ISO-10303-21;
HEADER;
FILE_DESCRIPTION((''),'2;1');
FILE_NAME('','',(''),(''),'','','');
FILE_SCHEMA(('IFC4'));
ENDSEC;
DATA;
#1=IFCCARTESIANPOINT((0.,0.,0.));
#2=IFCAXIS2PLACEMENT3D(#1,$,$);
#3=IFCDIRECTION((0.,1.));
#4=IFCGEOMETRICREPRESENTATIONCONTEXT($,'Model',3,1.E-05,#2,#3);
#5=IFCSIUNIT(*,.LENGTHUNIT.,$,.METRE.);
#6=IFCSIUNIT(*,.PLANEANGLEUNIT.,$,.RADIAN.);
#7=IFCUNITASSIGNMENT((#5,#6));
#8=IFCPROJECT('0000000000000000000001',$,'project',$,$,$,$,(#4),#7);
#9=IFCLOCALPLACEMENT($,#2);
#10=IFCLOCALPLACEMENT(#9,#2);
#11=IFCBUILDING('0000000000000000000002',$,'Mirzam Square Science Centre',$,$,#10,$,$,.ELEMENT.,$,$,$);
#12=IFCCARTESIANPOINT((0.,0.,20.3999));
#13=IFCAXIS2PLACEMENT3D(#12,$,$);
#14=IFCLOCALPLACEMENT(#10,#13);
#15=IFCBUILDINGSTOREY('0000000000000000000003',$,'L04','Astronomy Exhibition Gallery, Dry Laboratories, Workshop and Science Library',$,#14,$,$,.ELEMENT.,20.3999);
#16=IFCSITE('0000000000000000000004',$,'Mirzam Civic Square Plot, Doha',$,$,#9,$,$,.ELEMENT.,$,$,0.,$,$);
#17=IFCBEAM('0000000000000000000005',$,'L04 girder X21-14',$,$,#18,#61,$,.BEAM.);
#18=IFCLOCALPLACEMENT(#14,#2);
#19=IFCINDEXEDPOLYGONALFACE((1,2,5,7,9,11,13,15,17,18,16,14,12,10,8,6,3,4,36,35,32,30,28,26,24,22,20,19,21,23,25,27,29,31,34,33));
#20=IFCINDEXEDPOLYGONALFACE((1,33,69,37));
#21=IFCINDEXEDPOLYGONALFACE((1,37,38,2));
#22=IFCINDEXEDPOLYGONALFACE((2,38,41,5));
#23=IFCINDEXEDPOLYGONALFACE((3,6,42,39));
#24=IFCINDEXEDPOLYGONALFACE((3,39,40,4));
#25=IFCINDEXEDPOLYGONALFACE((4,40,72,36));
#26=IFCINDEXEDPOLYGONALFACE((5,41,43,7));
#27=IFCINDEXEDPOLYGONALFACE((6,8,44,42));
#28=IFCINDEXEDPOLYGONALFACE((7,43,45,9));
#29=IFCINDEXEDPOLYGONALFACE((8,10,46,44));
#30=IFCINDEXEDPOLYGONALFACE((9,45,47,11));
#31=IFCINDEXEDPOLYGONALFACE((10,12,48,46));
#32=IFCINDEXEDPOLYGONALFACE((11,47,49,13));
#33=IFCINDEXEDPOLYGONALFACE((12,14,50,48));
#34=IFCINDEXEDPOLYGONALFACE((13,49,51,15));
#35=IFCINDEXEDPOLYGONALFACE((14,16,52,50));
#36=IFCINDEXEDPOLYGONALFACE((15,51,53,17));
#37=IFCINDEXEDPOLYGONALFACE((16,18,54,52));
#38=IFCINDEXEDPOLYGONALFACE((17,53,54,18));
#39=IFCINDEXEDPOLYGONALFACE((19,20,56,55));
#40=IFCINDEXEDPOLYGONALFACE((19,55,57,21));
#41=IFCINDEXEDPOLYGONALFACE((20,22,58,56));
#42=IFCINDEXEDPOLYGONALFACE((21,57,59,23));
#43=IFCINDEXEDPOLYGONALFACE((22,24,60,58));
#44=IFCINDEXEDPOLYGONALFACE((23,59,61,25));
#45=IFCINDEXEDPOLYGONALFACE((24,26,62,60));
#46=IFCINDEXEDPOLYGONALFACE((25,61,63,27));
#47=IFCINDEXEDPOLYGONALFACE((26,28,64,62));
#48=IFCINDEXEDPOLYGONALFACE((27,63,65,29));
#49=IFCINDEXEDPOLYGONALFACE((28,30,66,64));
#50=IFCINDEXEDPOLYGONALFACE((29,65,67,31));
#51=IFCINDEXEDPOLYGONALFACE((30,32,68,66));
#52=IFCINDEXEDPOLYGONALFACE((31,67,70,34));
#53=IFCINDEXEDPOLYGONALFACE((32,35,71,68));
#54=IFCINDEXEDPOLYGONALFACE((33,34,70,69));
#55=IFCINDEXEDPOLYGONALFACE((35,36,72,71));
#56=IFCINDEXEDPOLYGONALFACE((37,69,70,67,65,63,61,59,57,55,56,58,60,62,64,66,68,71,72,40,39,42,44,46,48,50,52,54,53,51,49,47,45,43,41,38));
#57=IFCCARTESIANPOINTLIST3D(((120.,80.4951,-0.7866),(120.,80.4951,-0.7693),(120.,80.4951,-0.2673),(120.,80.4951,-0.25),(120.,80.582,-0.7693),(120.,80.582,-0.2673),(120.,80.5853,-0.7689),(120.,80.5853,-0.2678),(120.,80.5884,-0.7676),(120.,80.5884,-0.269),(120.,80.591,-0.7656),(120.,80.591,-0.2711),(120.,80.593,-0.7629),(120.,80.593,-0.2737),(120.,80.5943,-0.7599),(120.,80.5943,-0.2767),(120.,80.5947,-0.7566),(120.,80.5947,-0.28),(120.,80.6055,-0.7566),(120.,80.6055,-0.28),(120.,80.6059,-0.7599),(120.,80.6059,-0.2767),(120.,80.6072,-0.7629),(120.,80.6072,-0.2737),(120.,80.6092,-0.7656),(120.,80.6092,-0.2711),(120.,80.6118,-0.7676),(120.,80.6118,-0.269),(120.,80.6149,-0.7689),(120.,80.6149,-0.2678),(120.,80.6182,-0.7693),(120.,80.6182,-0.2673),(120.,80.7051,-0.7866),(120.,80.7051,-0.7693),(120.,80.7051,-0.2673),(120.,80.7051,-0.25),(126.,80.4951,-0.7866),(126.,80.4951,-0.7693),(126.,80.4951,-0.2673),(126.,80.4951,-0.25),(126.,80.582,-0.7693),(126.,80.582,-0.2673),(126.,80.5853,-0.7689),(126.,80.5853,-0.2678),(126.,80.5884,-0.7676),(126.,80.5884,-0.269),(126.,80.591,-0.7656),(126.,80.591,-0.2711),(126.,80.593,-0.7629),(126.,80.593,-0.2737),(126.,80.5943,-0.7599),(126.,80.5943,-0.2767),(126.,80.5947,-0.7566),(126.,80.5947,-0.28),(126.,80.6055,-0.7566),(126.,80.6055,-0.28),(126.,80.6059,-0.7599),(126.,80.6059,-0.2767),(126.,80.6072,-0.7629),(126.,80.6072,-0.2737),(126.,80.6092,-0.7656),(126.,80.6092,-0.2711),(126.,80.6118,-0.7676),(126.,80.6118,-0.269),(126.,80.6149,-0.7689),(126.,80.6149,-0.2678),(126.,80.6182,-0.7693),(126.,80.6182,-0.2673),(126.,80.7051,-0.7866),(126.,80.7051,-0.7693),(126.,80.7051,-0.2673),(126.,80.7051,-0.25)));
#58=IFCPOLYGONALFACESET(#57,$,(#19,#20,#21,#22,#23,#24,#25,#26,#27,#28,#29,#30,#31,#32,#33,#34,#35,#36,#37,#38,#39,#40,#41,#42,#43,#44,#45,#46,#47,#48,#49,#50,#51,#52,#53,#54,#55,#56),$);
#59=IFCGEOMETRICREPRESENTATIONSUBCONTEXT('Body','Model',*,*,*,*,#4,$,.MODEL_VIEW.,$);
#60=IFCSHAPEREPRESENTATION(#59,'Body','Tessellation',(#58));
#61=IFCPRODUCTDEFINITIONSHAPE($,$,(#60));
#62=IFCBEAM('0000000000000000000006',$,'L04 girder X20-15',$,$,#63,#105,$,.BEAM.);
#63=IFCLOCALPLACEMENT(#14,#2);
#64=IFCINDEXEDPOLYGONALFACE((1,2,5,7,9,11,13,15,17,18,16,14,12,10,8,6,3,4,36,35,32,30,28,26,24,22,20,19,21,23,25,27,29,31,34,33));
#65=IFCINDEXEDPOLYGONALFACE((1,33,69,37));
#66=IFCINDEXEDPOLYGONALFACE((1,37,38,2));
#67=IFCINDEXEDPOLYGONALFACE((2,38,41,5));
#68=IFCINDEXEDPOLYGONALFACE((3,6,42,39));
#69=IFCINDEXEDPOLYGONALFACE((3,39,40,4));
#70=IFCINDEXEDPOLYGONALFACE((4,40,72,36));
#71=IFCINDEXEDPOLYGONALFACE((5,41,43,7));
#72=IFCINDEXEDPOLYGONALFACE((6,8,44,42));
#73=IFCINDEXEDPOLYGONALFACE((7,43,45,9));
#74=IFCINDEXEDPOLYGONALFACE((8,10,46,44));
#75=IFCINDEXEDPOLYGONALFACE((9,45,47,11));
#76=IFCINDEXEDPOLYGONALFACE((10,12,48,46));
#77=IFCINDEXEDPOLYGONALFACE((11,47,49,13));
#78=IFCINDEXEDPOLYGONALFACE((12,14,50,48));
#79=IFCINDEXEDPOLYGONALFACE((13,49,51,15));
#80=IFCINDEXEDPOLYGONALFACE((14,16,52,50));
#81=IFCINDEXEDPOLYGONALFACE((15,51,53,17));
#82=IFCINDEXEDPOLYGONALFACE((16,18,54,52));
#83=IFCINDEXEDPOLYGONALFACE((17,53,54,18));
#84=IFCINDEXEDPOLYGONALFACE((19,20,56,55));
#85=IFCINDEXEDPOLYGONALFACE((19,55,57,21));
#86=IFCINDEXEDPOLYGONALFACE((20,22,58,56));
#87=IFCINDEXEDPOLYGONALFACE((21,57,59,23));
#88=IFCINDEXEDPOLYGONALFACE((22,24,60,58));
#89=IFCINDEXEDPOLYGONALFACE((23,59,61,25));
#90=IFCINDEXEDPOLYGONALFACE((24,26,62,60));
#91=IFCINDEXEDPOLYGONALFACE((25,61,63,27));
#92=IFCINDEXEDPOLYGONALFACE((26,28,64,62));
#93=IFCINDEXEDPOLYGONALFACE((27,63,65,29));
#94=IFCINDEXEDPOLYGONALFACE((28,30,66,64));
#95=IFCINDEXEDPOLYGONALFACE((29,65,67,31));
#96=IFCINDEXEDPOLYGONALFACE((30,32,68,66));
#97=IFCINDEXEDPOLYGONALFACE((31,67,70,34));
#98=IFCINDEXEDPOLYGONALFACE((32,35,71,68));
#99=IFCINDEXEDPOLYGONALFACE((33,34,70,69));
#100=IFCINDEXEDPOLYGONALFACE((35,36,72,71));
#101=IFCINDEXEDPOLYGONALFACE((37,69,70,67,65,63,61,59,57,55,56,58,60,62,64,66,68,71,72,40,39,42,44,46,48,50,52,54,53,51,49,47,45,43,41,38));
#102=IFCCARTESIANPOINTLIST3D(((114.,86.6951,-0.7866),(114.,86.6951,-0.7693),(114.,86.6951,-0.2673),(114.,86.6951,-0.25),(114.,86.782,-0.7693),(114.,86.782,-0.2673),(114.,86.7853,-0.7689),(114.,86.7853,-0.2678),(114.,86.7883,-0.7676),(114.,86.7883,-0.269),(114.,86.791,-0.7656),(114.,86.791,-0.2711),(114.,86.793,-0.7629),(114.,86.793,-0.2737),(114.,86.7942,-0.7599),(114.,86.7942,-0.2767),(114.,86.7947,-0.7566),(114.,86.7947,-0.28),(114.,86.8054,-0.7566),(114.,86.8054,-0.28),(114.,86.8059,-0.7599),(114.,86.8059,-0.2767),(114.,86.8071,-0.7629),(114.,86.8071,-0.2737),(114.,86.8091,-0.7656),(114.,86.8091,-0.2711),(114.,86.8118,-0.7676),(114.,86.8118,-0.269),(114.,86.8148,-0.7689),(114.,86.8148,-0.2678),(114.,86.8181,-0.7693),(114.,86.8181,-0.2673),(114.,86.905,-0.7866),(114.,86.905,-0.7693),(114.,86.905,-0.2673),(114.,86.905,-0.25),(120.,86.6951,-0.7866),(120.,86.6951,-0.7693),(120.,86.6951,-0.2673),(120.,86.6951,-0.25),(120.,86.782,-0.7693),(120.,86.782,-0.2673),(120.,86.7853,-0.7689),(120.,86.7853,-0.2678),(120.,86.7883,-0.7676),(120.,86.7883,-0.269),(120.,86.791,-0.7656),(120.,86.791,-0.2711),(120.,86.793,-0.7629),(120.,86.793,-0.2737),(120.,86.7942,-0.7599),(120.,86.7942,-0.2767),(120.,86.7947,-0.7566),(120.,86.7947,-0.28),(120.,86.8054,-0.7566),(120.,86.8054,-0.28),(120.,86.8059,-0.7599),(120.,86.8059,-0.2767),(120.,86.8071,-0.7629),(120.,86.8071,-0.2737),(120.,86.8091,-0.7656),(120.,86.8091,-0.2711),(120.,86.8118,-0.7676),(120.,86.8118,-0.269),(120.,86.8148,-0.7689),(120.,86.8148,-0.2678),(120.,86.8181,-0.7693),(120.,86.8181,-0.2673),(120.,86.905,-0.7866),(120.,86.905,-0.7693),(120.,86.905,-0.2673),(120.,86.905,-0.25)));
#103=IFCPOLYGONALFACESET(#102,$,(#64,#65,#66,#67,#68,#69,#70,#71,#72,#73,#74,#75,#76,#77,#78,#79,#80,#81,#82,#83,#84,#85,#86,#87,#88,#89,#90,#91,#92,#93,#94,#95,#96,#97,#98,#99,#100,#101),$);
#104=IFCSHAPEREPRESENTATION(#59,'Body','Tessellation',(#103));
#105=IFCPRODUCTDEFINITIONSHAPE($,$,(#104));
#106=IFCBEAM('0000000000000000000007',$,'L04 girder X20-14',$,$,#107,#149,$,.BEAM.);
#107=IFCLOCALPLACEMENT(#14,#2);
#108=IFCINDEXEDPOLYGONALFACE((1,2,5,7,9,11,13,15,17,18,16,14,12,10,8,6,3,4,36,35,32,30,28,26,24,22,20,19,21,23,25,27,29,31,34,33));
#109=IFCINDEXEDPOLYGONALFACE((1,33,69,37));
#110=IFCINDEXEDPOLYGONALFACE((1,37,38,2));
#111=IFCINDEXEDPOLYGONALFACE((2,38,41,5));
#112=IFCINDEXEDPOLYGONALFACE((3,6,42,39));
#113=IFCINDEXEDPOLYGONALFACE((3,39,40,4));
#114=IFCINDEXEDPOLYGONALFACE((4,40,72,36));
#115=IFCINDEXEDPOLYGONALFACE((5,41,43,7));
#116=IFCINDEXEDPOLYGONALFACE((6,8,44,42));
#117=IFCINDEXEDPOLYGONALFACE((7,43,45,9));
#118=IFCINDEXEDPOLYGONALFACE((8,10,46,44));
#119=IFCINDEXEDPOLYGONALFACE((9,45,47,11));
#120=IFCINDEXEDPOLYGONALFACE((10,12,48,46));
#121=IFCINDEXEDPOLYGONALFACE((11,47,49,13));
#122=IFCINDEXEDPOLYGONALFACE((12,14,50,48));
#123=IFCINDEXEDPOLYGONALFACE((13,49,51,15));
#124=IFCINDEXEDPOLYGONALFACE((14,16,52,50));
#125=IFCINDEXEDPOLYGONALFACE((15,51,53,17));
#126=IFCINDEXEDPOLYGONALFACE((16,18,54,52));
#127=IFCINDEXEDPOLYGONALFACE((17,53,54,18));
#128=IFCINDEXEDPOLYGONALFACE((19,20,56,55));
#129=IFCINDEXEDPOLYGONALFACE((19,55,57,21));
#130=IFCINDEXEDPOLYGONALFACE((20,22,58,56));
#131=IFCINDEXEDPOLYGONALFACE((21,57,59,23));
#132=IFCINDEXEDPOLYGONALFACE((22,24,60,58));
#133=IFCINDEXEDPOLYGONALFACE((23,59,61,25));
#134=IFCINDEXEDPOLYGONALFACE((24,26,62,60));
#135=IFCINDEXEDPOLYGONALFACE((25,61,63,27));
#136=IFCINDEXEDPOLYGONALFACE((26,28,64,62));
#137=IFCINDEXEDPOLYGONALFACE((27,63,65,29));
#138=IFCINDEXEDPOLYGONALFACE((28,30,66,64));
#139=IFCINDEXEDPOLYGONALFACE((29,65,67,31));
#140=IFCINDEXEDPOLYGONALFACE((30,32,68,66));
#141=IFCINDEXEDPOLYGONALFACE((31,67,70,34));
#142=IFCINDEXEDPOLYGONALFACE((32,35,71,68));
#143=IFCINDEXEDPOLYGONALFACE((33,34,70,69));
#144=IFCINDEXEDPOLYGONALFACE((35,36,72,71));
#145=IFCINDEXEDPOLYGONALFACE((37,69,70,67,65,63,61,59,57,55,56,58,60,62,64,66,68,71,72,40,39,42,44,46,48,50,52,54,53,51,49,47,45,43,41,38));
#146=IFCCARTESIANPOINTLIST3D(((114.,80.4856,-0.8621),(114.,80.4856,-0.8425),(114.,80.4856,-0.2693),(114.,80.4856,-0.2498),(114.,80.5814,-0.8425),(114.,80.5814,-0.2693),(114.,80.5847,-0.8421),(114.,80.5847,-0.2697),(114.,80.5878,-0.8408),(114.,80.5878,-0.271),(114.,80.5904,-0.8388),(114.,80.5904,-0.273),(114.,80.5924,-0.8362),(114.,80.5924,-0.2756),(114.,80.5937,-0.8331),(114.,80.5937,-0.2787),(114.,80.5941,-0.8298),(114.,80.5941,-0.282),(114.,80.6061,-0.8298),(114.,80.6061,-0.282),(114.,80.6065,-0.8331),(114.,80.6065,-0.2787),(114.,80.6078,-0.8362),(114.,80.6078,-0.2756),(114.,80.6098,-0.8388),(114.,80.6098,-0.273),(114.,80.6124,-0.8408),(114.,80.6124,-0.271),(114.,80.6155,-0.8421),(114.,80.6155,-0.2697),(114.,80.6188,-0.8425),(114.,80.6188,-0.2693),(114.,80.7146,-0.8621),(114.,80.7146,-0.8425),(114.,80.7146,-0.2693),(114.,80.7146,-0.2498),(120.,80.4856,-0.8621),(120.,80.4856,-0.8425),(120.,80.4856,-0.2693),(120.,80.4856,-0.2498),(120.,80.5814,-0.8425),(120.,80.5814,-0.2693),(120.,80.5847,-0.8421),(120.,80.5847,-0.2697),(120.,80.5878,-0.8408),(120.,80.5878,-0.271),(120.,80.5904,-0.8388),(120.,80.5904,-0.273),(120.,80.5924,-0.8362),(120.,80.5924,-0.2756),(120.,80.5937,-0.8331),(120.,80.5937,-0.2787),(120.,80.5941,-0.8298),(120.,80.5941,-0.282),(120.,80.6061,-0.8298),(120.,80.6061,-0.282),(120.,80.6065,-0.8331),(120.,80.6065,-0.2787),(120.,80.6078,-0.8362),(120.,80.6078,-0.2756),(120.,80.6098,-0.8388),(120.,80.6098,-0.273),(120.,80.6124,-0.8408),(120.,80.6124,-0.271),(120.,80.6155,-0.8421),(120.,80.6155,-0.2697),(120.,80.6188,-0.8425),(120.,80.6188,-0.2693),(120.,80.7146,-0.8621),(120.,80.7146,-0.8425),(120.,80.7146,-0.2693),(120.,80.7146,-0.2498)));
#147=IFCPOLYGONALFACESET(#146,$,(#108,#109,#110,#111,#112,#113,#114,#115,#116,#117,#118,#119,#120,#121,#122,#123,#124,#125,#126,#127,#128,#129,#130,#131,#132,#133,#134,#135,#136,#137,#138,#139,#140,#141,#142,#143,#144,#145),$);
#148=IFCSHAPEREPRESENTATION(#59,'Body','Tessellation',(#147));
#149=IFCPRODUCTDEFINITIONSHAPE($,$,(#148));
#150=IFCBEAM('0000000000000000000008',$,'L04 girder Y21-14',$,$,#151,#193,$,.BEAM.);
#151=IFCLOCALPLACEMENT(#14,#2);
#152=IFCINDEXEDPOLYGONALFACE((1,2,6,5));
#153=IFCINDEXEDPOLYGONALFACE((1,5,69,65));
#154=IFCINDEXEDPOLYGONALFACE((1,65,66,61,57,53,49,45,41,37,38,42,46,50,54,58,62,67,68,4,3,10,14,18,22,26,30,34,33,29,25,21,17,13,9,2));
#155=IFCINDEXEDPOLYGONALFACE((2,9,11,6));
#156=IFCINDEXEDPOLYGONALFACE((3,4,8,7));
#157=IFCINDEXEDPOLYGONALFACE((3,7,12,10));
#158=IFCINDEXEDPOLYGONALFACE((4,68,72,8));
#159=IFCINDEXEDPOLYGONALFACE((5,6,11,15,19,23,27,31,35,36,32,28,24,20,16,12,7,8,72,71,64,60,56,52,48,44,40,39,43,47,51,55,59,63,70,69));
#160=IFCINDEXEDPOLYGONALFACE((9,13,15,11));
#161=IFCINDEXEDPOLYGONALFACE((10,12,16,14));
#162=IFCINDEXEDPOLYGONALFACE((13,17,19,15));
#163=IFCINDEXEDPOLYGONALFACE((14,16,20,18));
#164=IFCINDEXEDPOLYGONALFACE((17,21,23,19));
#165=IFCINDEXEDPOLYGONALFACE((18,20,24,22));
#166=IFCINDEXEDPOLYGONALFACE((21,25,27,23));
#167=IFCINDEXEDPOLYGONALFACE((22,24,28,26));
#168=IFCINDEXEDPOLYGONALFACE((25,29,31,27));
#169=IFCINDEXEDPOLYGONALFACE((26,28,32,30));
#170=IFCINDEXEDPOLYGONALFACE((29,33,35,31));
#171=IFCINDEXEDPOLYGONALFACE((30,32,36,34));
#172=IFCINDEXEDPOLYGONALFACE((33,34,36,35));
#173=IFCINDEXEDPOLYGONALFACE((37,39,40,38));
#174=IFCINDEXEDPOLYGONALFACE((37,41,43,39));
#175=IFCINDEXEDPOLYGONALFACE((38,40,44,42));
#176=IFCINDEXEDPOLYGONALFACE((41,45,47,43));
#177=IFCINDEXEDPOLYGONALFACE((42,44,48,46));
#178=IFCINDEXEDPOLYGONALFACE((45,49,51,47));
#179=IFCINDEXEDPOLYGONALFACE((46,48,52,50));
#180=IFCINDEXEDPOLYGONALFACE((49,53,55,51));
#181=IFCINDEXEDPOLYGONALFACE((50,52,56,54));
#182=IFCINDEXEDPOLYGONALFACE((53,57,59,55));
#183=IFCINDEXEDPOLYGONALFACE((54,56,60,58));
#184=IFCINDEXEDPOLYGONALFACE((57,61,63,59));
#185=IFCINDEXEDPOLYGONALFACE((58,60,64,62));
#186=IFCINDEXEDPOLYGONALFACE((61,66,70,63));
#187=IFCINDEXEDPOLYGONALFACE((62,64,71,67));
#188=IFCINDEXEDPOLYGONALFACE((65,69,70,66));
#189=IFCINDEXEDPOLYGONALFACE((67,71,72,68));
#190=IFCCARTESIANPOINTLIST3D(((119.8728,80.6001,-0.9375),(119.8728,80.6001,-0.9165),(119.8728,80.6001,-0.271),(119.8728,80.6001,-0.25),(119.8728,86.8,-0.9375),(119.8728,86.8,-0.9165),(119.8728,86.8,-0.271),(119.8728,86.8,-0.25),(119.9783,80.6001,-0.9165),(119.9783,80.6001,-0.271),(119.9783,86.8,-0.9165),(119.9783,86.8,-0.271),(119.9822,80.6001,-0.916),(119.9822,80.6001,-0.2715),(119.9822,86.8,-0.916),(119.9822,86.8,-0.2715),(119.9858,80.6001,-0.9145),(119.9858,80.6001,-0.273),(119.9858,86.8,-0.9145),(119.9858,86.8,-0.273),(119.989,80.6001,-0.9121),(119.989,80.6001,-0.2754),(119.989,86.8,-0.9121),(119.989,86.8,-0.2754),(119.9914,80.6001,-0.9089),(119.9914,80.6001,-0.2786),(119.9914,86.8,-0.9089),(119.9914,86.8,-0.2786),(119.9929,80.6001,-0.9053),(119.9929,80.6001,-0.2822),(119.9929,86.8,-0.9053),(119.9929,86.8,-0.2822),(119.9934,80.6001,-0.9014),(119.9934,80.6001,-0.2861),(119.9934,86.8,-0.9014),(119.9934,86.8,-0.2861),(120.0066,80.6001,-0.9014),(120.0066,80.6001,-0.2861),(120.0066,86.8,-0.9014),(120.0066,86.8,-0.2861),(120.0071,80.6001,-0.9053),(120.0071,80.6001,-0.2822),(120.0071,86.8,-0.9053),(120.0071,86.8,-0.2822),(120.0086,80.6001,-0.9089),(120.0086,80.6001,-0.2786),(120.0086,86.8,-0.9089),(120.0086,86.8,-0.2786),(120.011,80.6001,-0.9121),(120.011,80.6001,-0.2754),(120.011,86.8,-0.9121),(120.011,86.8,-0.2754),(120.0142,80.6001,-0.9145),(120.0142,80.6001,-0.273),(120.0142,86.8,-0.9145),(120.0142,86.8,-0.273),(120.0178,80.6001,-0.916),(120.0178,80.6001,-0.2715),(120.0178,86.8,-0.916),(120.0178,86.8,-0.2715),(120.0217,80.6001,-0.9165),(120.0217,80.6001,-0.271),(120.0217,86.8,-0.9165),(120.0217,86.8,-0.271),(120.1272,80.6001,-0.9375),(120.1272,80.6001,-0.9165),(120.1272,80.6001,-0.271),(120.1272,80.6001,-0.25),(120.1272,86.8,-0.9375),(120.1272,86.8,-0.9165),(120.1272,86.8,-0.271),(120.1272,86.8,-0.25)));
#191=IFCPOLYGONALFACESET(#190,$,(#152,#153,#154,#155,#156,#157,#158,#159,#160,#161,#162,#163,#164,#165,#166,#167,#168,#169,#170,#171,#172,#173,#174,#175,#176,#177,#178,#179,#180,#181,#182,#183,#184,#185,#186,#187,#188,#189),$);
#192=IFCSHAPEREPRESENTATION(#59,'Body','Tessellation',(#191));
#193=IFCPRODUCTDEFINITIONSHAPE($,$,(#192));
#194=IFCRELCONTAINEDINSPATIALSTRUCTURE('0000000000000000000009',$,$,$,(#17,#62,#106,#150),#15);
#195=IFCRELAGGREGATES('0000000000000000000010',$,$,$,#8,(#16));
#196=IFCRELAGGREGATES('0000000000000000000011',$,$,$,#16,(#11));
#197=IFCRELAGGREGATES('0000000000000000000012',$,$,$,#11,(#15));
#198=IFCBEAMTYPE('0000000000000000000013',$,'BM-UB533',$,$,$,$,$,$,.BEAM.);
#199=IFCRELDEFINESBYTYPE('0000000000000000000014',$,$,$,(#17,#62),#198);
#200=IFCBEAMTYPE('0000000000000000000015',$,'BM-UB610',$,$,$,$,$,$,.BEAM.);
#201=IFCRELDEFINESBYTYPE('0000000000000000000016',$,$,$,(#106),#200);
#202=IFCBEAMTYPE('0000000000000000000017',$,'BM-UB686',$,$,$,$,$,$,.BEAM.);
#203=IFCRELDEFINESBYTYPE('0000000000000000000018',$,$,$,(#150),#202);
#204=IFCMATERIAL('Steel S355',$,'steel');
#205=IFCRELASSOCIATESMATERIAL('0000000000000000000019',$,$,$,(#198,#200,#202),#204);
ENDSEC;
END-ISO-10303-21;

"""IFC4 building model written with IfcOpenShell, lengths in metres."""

from ifc_helpers import new_model, si_unit, direction, frame, origin, origin_2d, place, context, subcontext, project, spatial, i_section, extrude, material, material_profile, profile_set, type_object, element, save


model = new_model("IFC4")

# Units and contexts
model_context = context("Model", 3, precision=1e-05, world=origin(), true_north=direction((0.0, 1.0)))
body_context = subcontext(model_context, "Body", "Model", "MODEL_VIEW")
ifc_project = project(units=[si_unit("LENGTHUNIT", "METRE"), si_unit("PLANEANGLEUNIT", "RADIAN")], contexts=[model_context])

# Site, building, storey
site_placement = place(None, origin())
site = spatial("IfcSite", under=ifc_project, at=site_placement, Name="Mirzam Civic Square Plot, Doha", CompositionType="ELEMENT", RefElevation=0.0)
building_placement = place(site_placement, origin())
building = spatial("IfcBuilding", under=site, at=building_placement, Name="Mirzam Square Science Centre", CompositionType="ELEMENT")
storey_placement = place(building_placement, frame((0.0, 0.0, 20.3999)))
storey = spatial("IfcBuildingStorey", under=building, at=storey_placement, Name="L04", Description="Astronomy Exhibition Gallery, Dry Laboratories, Workshop and Science Library", CompositionType="ELEMENT", Elevation=20.3999)

# Shared definitions
ifc_material_1 = material(Name="Steel S355", Category="steel")

# Beams
ifc_material_profile_1 = material_profile(ifc_material_1, i_section(OverallWidth=0.21, OverallDepth=0.5366, WebThickness=0.0107, FlangeThickness=0.0173, FilletRadius=0.0127, at=origin_2d()), Name="533x210x101UB")
ifc_profile_set_1 = profile_set([ifc_material_profile_1], Name="Steel S355")
beam_type_1 = type_object("IfcBeamType", Name="BM-UB533", PredefinedType="BEAM", material=ifc_profile_set_1)
for number, where, z_axis, x_axis, name in (
    (1, (120.0, 80.6001, -0.5183), (1.0, 0.0, 0.0), (0.0, 1.0, 0.0), "L04 girder X21-14"),
    (2, (114.0, 86.8, -0.5183), (1.0, 0.0, 0.0), (0.0, 1.0, 0.0), "L04 girder X20-15"),
):
    element("IfcBeam", number, at=place(storey_placement, frame(where, z_axis=z_axis, x_axis=x_axis)), inside=storey, type_object=beam_type_1, Name=name, PredefinedType="BEAM", context=body_context, shape_type="SweptSolid", body=[
        extrude(i_section(OverallWidth=0.21, OverallDepth=0.5366, WebThickness=0.0107, FlangeThickness=0.0173, FilletRadius=0.0127, at=origin_2d()), origin(), (0.0, 0.0, 1.0), 6.0),
    ])
ifc_material_profile_2 = material_profile(ifc_material_1, i_section(OverallWidth=0.229, OverallDepth=0.6123, WebThickness=0.012, FlangeThickness=0.0195, FilletRadius=0.0127, at=origin_2d()), Name="610x229x125UB")
ifc_profile_set_2 = profile_set([ifc_material_profile_2], Name="Steel S355")
beam_type_2 = type_object("IfcBeamType", Name="BM-UB610", PredefinedType="BEAM", material=ifc_profile_set_2)
beam_1_placement = place(storey_placement, frame((114.0, 80.6001, -0.5559), z_axis=(1.0, 0.0, 0.0), x_axis=(0.0, 1.0, 0.0)))
element("IfcBeam", 3, at=beam_1_placement, inside=storey, type_object=beam_type_2, Name="L04 girder X20-14", PredefinedType="BEAM", context=body_context, shape_type="SweptSolid", body=[
    extrude(i_section(OverallWidth=0.229, OverallDepth=0.6123, WebThickness=0.012, FlangeThickness=0.0195, FilletRadius=0.0127, at=origin_2d()), origin(), (0.0, 0.0, 1.0), 6.0),
])
ifc_material_profile_3 = material_profile(ifc_material_1, i_section(OverallWidth=0.2544, OverallDepth=0.6875, WebThickness=0.0132, FlangeThickness=0.021, FilletRadius=0.0151, at=origin_2d()), Name="686x254x152UB")
ifc_profile_set_3 = profile_set([ifc_material_profile_3], Name="Steel S355")
beam_type_3 = type_object("IfcBeamType", Name="BM-UB686", PredefinedType="BEAM", material=ifc_profile_set_3)
beam_2_placement = place(storey_placement, frame((120.0, 80.6001, -0.5938), z_axis=(0.0, 1.0, 0.0), x_axis=(-1.0, 0.0, 0.0)))
element("IfcBeam", 4, at=beam_2_placement, inside=storey, type_object=beam_type_3, Name="L04 girder Y21-14", PredefinedType="BEAM", context=body_context, shape_type="SweptSolid", body=[
    extrude(i_section(OverallWidth=0.2544, OverallDepth=0.6875, WebThickness=0.0132, FlangeThickness=0.021, FilletRadius=0.0151, at=origin_2d()), origin(), (0.0, 0.0, 1.0), 6.2),
])

save(model, "model.ifc")
